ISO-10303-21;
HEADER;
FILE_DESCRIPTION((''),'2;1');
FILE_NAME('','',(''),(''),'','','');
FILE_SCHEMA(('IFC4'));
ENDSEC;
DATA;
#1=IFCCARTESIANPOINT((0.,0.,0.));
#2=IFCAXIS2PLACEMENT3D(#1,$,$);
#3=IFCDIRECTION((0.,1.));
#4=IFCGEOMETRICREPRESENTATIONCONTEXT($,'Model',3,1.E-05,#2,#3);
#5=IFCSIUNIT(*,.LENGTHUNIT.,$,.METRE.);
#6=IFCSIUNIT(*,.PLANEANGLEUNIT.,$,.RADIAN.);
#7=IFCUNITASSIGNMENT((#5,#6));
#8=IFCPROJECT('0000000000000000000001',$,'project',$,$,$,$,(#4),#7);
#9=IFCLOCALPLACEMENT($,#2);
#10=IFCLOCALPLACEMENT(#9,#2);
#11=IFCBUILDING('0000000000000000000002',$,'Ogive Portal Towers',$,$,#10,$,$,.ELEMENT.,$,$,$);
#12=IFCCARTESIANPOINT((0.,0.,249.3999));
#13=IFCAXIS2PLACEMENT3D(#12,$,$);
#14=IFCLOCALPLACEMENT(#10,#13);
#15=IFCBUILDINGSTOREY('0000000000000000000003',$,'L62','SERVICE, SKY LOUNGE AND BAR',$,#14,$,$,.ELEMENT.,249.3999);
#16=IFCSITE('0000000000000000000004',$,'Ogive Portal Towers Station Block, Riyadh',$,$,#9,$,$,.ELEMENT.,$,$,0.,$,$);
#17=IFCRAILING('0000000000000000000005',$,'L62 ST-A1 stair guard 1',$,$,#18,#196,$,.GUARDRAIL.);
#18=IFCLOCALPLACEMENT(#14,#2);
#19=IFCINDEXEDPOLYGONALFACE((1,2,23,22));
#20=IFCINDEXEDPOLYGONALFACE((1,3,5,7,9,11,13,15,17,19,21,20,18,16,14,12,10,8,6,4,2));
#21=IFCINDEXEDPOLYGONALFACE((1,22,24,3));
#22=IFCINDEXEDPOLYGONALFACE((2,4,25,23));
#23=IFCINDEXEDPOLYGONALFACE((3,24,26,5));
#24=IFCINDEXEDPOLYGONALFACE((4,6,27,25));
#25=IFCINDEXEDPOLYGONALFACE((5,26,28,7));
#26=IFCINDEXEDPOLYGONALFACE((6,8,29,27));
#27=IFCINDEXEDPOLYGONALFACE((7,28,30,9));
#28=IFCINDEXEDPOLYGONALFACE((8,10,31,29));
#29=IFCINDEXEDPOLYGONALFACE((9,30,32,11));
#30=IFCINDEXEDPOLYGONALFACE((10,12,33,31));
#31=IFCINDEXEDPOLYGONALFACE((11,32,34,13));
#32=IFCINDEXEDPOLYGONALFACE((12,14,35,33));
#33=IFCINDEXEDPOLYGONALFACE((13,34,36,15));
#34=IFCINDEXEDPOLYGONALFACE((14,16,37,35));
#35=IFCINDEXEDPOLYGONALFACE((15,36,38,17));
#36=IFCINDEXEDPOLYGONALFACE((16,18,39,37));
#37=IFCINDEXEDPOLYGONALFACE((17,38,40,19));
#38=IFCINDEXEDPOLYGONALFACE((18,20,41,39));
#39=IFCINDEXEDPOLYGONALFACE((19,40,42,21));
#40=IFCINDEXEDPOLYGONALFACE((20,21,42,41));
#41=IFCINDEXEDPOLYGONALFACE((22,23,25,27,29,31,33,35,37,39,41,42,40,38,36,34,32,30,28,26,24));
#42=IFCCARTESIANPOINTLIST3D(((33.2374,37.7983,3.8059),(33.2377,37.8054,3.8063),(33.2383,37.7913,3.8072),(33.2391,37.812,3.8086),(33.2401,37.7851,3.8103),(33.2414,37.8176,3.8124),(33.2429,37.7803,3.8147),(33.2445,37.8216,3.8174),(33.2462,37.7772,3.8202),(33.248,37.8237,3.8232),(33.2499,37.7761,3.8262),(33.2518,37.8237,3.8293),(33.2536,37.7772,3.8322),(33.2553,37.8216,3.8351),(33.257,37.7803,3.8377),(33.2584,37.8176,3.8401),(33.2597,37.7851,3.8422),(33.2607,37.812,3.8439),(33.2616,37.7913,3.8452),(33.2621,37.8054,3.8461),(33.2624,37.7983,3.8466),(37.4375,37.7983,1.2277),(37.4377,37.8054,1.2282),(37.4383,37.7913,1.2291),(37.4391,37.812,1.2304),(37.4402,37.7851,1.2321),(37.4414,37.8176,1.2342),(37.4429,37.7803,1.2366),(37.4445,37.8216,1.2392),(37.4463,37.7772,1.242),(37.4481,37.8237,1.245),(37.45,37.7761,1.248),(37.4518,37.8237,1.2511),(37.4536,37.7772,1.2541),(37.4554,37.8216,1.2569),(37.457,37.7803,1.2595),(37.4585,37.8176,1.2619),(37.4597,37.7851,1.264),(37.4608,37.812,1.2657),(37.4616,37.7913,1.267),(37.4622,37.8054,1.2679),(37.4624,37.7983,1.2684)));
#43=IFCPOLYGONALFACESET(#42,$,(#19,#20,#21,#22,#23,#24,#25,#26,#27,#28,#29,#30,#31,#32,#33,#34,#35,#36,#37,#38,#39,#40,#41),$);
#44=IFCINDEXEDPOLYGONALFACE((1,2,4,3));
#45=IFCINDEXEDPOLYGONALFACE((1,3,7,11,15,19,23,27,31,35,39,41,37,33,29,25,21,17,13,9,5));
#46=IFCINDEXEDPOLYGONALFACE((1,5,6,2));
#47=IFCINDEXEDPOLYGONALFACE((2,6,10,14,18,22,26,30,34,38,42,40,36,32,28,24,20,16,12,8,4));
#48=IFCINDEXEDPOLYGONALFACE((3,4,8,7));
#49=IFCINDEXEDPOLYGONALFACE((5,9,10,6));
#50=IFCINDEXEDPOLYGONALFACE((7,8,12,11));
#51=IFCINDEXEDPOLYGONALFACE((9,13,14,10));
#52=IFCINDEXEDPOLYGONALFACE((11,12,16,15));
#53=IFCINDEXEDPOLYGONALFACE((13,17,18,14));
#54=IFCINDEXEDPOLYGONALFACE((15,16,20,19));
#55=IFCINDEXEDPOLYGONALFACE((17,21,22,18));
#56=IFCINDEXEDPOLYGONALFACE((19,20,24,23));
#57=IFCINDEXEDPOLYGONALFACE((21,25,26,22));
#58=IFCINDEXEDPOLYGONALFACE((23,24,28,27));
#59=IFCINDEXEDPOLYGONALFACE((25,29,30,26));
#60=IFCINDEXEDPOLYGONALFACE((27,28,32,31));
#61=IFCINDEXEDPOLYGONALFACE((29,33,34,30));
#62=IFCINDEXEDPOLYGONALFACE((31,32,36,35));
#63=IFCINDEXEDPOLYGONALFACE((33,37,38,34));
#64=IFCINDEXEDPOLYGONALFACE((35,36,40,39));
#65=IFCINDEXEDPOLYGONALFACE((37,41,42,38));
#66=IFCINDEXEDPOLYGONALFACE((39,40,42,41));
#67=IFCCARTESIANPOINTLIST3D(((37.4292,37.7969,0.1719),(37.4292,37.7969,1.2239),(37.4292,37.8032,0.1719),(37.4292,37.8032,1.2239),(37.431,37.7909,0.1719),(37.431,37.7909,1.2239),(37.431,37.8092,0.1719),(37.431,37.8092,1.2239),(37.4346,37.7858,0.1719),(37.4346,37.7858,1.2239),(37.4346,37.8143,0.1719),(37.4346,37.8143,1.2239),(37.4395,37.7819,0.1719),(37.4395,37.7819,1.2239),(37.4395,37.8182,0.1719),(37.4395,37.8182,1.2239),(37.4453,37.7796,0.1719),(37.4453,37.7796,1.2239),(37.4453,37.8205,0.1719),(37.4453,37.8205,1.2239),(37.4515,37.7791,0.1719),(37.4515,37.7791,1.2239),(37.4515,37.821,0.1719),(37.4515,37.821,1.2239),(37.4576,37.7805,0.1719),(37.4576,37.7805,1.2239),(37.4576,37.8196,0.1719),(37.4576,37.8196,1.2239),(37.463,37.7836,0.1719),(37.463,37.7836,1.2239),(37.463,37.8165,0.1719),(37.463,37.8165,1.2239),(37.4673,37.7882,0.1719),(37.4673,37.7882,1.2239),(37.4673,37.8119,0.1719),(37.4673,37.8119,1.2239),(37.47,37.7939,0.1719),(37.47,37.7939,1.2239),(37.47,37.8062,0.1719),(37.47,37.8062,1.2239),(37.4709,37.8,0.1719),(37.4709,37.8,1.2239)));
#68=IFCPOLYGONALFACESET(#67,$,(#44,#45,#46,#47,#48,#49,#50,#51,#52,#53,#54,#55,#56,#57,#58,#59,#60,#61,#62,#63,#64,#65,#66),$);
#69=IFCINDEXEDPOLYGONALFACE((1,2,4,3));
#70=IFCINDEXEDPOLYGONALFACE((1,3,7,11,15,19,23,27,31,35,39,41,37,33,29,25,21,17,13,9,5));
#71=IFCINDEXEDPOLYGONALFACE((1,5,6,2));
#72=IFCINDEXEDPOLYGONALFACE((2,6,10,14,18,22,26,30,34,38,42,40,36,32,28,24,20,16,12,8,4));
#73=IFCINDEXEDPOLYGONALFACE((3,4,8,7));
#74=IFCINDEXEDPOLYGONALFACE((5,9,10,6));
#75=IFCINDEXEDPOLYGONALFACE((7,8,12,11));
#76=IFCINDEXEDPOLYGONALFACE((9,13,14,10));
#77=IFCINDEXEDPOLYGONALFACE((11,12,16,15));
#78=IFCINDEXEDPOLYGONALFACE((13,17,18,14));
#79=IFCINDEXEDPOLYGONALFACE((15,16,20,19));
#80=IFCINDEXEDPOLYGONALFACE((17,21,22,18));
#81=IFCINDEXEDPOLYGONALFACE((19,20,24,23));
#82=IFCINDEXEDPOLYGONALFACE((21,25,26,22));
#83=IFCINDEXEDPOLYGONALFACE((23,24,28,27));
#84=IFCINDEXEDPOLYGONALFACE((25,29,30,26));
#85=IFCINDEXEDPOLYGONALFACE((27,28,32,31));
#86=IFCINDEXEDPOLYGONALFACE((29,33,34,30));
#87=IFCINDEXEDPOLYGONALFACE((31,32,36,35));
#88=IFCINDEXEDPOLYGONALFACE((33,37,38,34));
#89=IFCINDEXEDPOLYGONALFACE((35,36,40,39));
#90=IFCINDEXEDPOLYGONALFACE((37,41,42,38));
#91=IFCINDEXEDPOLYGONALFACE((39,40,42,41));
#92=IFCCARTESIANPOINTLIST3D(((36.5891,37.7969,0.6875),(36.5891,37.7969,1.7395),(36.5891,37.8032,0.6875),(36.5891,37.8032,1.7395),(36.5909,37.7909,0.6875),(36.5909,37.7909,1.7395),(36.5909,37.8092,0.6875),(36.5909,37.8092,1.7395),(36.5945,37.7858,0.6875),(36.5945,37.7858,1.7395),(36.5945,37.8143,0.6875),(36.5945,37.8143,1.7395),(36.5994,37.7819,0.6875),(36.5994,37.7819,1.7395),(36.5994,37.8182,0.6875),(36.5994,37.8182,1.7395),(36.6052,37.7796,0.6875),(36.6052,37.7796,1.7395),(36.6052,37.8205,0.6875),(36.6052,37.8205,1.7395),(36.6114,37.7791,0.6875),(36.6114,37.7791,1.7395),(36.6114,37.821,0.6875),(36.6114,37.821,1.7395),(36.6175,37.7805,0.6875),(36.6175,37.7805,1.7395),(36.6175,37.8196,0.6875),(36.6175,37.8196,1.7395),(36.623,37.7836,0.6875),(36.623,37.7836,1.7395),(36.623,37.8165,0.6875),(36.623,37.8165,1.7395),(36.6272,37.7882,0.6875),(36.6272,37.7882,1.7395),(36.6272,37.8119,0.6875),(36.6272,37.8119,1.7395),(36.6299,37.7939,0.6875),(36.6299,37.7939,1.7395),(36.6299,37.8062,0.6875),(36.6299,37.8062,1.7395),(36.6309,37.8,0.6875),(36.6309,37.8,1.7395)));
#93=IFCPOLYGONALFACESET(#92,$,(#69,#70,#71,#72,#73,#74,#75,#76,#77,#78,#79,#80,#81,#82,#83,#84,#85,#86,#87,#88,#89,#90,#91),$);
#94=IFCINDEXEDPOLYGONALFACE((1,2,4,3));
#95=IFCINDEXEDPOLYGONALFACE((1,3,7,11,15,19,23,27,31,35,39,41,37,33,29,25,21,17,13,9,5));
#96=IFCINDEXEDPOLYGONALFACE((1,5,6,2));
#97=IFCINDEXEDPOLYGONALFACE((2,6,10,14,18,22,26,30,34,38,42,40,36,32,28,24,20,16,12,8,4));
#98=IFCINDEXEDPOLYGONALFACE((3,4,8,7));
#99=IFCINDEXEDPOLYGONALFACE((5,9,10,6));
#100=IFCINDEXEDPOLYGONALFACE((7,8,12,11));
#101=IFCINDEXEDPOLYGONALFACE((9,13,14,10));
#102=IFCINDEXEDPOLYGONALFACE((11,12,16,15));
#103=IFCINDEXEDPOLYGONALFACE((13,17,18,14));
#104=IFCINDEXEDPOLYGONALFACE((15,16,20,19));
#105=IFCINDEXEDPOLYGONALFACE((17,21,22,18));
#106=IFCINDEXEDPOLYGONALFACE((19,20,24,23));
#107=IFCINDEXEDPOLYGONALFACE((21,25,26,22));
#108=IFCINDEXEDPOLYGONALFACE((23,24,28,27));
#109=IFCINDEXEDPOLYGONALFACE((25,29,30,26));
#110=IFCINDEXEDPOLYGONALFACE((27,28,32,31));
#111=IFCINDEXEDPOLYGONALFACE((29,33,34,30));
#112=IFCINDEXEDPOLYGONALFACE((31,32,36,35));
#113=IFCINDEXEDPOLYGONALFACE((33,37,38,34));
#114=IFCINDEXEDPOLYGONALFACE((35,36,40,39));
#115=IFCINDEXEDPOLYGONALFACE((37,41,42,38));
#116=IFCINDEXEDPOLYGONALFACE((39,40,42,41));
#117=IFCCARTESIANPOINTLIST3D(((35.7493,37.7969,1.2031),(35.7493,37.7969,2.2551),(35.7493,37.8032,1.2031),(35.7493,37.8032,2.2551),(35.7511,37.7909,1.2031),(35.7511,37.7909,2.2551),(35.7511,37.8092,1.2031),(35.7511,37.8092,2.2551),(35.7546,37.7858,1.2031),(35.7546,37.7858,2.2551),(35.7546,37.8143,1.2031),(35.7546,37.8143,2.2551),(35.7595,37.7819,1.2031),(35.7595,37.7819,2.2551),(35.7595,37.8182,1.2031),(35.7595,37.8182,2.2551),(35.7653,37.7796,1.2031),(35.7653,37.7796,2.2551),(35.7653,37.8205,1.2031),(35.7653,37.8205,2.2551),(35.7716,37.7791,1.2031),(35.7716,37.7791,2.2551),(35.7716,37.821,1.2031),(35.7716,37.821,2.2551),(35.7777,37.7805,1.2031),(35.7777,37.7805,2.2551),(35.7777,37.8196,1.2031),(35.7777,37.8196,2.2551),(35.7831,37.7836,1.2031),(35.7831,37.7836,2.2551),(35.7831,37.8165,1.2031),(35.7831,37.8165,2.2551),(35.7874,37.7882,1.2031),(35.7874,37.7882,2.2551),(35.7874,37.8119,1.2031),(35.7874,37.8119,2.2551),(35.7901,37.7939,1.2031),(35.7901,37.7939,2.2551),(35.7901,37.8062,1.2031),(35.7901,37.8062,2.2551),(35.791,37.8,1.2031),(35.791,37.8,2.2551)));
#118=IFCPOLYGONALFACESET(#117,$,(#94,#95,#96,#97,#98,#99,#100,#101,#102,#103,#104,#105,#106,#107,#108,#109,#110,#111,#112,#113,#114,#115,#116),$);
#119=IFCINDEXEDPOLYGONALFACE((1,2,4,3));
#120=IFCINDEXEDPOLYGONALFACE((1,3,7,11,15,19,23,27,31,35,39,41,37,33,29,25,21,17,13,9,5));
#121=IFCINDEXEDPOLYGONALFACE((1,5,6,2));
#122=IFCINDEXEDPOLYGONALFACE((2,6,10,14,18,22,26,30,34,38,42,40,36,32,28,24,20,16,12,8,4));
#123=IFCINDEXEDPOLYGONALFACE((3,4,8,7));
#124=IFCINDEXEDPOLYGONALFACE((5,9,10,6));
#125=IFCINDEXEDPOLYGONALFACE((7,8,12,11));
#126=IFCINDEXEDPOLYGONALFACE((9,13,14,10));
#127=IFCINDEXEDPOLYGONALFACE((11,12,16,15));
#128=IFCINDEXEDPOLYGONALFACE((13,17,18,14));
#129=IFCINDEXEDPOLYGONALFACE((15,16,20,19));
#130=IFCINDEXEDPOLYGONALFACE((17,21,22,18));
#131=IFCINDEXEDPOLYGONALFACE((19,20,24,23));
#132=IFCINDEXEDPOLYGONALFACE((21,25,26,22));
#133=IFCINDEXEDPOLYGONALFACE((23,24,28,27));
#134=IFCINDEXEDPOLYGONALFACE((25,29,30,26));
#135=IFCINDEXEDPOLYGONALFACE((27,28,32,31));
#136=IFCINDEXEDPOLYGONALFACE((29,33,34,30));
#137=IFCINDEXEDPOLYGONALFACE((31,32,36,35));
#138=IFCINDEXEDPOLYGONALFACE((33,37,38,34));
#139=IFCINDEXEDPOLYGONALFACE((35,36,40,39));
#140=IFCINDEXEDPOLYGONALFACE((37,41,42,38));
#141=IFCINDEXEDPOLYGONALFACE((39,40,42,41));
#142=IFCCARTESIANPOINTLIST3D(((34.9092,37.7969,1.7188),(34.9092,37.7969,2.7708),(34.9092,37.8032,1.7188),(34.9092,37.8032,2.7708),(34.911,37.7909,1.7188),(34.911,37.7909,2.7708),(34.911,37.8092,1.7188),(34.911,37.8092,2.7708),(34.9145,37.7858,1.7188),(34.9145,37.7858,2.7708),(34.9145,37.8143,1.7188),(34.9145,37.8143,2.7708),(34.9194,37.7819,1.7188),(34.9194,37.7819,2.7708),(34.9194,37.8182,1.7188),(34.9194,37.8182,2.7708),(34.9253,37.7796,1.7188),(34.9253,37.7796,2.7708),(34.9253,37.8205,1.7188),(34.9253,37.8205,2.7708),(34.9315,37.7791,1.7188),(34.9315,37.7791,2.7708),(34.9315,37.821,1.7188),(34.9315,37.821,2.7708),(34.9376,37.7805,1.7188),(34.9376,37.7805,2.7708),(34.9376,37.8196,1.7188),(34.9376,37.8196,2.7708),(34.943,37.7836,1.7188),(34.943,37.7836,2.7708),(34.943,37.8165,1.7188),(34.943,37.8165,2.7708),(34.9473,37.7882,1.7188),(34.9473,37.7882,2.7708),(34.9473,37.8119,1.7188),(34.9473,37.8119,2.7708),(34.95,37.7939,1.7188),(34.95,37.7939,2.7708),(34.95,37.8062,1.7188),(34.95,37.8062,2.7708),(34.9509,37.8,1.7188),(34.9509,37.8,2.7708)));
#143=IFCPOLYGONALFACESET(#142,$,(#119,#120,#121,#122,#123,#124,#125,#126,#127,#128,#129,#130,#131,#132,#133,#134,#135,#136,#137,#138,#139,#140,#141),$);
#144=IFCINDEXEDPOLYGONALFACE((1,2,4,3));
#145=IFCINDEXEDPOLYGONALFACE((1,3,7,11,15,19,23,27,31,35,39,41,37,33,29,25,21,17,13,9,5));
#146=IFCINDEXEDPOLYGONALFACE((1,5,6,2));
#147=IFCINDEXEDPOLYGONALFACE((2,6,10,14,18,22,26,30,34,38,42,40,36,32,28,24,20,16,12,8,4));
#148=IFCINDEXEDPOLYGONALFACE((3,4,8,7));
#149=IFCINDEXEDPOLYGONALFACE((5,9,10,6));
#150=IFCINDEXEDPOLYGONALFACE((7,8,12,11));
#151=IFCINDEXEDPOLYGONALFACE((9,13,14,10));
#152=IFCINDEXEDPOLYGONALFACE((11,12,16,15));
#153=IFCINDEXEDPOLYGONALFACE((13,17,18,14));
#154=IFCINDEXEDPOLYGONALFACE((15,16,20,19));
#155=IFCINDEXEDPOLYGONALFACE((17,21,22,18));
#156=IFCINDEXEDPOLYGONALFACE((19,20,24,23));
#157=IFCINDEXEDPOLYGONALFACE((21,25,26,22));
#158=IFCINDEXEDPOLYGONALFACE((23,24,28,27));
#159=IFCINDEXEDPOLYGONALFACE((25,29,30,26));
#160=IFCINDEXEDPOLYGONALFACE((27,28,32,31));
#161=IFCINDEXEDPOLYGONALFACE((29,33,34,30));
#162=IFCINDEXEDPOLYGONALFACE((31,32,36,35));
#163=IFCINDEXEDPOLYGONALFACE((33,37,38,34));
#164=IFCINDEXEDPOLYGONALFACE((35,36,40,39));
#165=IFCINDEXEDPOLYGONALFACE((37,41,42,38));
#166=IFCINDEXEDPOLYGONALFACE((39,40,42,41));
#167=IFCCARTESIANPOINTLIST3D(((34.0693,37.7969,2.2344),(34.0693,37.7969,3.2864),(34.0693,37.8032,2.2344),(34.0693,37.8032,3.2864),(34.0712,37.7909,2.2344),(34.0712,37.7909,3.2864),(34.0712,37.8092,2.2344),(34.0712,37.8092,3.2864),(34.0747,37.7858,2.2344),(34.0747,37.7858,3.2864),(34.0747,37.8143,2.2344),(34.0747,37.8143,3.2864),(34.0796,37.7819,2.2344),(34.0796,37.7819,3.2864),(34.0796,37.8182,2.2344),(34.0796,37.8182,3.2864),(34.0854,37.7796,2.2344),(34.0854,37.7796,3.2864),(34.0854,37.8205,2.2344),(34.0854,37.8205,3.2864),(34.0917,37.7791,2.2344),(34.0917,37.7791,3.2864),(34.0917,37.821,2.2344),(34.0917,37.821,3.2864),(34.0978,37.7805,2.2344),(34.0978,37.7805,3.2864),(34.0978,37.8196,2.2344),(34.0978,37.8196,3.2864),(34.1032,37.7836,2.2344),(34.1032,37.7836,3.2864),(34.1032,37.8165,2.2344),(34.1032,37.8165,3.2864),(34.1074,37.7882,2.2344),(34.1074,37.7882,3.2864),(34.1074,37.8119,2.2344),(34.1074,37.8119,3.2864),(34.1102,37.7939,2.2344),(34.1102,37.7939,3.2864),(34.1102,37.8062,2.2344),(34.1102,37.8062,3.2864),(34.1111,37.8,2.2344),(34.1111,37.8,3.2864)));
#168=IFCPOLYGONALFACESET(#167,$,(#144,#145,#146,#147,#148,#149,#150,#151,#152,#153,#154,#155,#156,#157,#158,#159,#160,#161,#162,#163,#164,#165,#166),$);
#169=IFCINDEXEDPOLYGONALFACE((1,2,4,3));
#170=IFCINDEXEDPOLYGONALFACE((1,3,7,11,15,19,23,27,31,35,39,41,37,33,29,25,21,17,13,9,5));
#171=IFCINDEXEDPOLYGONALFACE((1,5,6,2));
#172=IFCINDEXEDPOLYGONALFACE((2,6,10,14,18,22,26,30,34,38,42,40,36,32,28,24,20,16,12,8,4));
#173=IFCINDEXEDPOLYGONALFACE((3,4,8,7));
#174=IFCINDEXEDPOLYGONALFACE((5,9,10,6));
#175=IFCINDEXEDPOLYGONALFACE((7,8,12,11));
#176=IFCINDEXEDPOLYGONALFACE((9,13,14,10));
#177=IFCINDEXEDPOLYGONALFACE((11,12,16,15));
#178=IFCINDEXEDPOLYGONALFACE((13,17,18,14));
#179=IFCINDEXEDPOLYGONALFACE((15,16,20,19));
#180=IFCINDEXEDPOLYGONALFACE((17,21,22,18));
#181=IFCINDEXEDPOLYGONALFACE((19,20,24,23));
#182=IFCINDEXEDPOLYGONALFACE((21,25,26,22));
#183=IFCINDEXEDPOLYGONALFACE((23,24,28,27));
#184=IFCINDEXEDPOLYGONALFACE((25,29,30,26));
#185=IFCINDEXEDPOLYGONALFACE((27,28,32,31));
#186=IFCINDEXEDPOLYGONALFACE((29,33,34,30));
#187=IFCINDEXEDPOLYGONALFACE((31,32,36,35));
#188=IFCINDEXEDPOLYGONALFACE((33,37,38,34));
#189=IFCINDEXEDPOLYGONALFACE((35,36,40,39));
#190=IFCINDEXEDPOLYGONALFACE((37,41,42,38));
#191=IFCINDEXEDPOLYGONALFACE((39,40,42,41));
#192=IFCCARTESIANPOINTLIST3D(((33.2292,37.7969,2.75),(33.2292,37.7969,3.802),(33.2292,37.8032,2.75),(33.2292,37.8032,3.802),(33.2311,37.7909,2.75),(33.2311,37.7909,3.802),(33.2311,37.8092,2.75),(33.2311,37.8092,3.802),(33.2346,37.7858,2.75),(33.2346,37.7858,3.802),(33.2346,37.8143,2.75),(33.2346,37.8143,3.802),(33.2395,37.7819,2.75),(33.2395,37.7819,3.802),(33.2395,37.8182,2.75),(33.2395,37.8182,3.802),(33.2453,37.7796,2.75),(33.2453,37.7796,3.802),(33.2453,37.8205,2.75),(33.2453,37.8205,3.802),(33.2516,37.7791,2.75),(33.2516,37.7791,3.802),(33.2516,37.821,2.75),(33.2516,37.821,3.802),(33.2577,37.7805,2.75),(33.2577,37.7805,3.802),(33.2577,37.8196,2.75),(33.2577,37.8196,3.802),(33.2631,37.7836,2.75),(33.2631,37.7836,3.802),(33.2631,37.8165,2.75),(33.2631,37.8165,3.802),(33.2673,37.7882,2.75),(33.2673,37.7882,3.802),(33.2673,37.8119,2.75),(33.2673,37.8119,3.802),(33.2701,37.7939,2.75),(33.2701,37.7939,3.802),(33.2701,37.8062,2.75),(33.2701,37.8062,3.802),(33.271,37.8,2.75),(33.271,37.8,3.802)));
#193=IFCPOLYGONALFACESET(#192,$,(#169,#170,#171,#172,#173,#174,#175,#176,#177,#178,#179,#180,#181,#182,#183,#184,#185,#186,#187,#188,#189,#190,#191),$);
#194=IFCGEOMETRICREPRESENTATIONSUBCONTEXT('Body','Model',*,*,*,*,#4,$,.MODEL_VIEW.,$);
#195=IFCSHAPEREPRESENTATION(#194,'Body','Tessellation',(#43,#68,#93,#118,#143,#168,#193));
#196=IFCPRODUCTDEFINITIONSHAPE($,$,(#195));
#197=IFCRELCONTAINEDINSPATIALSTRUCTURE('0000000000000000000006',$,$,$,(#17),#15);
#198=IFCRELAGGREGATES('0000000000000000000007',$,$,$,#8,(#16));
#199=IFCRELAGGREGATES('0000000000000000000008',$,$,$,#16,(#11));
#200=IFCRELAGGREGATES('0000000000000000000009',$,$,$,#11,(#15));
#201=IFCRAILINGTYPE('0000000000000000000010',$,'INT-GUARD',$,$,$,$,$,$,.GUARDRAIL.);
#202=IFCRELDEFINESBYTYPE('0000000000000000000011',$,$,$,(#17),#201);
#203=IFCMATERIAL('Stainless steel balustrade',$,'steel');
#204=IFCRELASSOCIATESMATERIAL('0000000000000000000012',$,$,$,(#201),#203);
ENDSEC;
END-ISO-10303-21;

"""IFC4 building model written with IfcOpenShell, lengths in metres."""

from ifc_helpers import new_model, si_unit, direction, frame, origin, origin_2d, place, context, subcontext, project, spatial, circle, extrude, material, type_object, element, save


model = new_model("IFC4")

# Units and contexts
model_context = context("Model", 3, precision=1e-05, world=origin(), true_north=direction((0.0, 1.0)))
body_context = subcontext(model_context, "Body", "Model", "MODEL_VIEW")
ifc_project = project(units=[si_unit("LENGTHUNIT", "METRE"), si_unit("PLANEANGLEUNIT", "RADIAN")], contexts=[model_context])

# Site, building, storey
site_placement = place(None, origin())
site = spatial("IfcSite", under=ifc_project, at=site_placement, Name="Ogive Portal Towers Station Block, Riyadh", CompositionType="ELEMENT", RefElevation=0.0)
building_placement = place(site_placement, origin())
building = spatial("IfcBuilding", under=site, at=building_placement, Name="Ogive Portal Towers", CompositionType="ELEMENT")
storey_placement = place(building_placement, frame((0.0, 0.0, 249.3999)))
storey = spatial("IfcBuildingStorey", under=building, at=storey_placement, Name="L62", Description="SERVICE, SKY LOUNGE AND BAR", CompositionType="ELEMENT", Elevation=249.3999)

# Railing
ifc_material_1 = material(Name="Stainless steel balustrade", Category="steel")
railing_type_1 = type_object("IfcRailingType", Name="INT-GUARD", PredefinedType="GUARDRAIL", material=ifc_material_1)
railing_1_placement = place(storey_placement, frame((37.45, 37.8, 0.1719)))
element("IfcRailing", 1, at=railing_1_placement, inside=storey, type_object=railing_type_1, Name="L62 ST-A1 stair guard 1", PredefinedType="GUARDRAIL", context=body_context, shape_type="SweptSolid", body=[
    extrude(circle(Radius=0.0239, at=origin_2d()), frame((0.0, 0.0, 1.0762), z_axis=(-0.852243, 0.0, 0.523146), x_axis=(0.0, -1.0, 0.0)), (0.0, 0.0, 1.0), 4.9282),
    extrude(circle(Radius=0.021, at=origin_2d()), origin(), (0.0, 0.0, 1.0), 1.052),
    extrude(circle(Radius=0.021, at=origin_2d()), frame((-0.8401, 0.0, 0.5156)), (0.0, 0.0, 1.0), 1.052),
    extrude(circle(Radius=0.021, at=origin_2d()), frame((-1.6799, 0.0, 1.0312)), (0.0, 0.0, 1.0), 1.052),
    extrude(circle(Radius=0.021, at=origin_2d()), frame((-2.52, 0.0, 1.5469)), (0.0, 0.0, 1.0), 1.052),
    extrude(circle(Radius=0.021, at=origin_2d()), frame((-3.3599, 0.0, 2.0625)), (0.0, 0.0, 1.0), 1.052),
    extrude(circle(Radius=0.021, at=origin_2d()), frame((-4.2, 0.0, 2.5781)), (0.0, 0.0, 1.0), 1.052),
])

save(model, "model.ifc")
